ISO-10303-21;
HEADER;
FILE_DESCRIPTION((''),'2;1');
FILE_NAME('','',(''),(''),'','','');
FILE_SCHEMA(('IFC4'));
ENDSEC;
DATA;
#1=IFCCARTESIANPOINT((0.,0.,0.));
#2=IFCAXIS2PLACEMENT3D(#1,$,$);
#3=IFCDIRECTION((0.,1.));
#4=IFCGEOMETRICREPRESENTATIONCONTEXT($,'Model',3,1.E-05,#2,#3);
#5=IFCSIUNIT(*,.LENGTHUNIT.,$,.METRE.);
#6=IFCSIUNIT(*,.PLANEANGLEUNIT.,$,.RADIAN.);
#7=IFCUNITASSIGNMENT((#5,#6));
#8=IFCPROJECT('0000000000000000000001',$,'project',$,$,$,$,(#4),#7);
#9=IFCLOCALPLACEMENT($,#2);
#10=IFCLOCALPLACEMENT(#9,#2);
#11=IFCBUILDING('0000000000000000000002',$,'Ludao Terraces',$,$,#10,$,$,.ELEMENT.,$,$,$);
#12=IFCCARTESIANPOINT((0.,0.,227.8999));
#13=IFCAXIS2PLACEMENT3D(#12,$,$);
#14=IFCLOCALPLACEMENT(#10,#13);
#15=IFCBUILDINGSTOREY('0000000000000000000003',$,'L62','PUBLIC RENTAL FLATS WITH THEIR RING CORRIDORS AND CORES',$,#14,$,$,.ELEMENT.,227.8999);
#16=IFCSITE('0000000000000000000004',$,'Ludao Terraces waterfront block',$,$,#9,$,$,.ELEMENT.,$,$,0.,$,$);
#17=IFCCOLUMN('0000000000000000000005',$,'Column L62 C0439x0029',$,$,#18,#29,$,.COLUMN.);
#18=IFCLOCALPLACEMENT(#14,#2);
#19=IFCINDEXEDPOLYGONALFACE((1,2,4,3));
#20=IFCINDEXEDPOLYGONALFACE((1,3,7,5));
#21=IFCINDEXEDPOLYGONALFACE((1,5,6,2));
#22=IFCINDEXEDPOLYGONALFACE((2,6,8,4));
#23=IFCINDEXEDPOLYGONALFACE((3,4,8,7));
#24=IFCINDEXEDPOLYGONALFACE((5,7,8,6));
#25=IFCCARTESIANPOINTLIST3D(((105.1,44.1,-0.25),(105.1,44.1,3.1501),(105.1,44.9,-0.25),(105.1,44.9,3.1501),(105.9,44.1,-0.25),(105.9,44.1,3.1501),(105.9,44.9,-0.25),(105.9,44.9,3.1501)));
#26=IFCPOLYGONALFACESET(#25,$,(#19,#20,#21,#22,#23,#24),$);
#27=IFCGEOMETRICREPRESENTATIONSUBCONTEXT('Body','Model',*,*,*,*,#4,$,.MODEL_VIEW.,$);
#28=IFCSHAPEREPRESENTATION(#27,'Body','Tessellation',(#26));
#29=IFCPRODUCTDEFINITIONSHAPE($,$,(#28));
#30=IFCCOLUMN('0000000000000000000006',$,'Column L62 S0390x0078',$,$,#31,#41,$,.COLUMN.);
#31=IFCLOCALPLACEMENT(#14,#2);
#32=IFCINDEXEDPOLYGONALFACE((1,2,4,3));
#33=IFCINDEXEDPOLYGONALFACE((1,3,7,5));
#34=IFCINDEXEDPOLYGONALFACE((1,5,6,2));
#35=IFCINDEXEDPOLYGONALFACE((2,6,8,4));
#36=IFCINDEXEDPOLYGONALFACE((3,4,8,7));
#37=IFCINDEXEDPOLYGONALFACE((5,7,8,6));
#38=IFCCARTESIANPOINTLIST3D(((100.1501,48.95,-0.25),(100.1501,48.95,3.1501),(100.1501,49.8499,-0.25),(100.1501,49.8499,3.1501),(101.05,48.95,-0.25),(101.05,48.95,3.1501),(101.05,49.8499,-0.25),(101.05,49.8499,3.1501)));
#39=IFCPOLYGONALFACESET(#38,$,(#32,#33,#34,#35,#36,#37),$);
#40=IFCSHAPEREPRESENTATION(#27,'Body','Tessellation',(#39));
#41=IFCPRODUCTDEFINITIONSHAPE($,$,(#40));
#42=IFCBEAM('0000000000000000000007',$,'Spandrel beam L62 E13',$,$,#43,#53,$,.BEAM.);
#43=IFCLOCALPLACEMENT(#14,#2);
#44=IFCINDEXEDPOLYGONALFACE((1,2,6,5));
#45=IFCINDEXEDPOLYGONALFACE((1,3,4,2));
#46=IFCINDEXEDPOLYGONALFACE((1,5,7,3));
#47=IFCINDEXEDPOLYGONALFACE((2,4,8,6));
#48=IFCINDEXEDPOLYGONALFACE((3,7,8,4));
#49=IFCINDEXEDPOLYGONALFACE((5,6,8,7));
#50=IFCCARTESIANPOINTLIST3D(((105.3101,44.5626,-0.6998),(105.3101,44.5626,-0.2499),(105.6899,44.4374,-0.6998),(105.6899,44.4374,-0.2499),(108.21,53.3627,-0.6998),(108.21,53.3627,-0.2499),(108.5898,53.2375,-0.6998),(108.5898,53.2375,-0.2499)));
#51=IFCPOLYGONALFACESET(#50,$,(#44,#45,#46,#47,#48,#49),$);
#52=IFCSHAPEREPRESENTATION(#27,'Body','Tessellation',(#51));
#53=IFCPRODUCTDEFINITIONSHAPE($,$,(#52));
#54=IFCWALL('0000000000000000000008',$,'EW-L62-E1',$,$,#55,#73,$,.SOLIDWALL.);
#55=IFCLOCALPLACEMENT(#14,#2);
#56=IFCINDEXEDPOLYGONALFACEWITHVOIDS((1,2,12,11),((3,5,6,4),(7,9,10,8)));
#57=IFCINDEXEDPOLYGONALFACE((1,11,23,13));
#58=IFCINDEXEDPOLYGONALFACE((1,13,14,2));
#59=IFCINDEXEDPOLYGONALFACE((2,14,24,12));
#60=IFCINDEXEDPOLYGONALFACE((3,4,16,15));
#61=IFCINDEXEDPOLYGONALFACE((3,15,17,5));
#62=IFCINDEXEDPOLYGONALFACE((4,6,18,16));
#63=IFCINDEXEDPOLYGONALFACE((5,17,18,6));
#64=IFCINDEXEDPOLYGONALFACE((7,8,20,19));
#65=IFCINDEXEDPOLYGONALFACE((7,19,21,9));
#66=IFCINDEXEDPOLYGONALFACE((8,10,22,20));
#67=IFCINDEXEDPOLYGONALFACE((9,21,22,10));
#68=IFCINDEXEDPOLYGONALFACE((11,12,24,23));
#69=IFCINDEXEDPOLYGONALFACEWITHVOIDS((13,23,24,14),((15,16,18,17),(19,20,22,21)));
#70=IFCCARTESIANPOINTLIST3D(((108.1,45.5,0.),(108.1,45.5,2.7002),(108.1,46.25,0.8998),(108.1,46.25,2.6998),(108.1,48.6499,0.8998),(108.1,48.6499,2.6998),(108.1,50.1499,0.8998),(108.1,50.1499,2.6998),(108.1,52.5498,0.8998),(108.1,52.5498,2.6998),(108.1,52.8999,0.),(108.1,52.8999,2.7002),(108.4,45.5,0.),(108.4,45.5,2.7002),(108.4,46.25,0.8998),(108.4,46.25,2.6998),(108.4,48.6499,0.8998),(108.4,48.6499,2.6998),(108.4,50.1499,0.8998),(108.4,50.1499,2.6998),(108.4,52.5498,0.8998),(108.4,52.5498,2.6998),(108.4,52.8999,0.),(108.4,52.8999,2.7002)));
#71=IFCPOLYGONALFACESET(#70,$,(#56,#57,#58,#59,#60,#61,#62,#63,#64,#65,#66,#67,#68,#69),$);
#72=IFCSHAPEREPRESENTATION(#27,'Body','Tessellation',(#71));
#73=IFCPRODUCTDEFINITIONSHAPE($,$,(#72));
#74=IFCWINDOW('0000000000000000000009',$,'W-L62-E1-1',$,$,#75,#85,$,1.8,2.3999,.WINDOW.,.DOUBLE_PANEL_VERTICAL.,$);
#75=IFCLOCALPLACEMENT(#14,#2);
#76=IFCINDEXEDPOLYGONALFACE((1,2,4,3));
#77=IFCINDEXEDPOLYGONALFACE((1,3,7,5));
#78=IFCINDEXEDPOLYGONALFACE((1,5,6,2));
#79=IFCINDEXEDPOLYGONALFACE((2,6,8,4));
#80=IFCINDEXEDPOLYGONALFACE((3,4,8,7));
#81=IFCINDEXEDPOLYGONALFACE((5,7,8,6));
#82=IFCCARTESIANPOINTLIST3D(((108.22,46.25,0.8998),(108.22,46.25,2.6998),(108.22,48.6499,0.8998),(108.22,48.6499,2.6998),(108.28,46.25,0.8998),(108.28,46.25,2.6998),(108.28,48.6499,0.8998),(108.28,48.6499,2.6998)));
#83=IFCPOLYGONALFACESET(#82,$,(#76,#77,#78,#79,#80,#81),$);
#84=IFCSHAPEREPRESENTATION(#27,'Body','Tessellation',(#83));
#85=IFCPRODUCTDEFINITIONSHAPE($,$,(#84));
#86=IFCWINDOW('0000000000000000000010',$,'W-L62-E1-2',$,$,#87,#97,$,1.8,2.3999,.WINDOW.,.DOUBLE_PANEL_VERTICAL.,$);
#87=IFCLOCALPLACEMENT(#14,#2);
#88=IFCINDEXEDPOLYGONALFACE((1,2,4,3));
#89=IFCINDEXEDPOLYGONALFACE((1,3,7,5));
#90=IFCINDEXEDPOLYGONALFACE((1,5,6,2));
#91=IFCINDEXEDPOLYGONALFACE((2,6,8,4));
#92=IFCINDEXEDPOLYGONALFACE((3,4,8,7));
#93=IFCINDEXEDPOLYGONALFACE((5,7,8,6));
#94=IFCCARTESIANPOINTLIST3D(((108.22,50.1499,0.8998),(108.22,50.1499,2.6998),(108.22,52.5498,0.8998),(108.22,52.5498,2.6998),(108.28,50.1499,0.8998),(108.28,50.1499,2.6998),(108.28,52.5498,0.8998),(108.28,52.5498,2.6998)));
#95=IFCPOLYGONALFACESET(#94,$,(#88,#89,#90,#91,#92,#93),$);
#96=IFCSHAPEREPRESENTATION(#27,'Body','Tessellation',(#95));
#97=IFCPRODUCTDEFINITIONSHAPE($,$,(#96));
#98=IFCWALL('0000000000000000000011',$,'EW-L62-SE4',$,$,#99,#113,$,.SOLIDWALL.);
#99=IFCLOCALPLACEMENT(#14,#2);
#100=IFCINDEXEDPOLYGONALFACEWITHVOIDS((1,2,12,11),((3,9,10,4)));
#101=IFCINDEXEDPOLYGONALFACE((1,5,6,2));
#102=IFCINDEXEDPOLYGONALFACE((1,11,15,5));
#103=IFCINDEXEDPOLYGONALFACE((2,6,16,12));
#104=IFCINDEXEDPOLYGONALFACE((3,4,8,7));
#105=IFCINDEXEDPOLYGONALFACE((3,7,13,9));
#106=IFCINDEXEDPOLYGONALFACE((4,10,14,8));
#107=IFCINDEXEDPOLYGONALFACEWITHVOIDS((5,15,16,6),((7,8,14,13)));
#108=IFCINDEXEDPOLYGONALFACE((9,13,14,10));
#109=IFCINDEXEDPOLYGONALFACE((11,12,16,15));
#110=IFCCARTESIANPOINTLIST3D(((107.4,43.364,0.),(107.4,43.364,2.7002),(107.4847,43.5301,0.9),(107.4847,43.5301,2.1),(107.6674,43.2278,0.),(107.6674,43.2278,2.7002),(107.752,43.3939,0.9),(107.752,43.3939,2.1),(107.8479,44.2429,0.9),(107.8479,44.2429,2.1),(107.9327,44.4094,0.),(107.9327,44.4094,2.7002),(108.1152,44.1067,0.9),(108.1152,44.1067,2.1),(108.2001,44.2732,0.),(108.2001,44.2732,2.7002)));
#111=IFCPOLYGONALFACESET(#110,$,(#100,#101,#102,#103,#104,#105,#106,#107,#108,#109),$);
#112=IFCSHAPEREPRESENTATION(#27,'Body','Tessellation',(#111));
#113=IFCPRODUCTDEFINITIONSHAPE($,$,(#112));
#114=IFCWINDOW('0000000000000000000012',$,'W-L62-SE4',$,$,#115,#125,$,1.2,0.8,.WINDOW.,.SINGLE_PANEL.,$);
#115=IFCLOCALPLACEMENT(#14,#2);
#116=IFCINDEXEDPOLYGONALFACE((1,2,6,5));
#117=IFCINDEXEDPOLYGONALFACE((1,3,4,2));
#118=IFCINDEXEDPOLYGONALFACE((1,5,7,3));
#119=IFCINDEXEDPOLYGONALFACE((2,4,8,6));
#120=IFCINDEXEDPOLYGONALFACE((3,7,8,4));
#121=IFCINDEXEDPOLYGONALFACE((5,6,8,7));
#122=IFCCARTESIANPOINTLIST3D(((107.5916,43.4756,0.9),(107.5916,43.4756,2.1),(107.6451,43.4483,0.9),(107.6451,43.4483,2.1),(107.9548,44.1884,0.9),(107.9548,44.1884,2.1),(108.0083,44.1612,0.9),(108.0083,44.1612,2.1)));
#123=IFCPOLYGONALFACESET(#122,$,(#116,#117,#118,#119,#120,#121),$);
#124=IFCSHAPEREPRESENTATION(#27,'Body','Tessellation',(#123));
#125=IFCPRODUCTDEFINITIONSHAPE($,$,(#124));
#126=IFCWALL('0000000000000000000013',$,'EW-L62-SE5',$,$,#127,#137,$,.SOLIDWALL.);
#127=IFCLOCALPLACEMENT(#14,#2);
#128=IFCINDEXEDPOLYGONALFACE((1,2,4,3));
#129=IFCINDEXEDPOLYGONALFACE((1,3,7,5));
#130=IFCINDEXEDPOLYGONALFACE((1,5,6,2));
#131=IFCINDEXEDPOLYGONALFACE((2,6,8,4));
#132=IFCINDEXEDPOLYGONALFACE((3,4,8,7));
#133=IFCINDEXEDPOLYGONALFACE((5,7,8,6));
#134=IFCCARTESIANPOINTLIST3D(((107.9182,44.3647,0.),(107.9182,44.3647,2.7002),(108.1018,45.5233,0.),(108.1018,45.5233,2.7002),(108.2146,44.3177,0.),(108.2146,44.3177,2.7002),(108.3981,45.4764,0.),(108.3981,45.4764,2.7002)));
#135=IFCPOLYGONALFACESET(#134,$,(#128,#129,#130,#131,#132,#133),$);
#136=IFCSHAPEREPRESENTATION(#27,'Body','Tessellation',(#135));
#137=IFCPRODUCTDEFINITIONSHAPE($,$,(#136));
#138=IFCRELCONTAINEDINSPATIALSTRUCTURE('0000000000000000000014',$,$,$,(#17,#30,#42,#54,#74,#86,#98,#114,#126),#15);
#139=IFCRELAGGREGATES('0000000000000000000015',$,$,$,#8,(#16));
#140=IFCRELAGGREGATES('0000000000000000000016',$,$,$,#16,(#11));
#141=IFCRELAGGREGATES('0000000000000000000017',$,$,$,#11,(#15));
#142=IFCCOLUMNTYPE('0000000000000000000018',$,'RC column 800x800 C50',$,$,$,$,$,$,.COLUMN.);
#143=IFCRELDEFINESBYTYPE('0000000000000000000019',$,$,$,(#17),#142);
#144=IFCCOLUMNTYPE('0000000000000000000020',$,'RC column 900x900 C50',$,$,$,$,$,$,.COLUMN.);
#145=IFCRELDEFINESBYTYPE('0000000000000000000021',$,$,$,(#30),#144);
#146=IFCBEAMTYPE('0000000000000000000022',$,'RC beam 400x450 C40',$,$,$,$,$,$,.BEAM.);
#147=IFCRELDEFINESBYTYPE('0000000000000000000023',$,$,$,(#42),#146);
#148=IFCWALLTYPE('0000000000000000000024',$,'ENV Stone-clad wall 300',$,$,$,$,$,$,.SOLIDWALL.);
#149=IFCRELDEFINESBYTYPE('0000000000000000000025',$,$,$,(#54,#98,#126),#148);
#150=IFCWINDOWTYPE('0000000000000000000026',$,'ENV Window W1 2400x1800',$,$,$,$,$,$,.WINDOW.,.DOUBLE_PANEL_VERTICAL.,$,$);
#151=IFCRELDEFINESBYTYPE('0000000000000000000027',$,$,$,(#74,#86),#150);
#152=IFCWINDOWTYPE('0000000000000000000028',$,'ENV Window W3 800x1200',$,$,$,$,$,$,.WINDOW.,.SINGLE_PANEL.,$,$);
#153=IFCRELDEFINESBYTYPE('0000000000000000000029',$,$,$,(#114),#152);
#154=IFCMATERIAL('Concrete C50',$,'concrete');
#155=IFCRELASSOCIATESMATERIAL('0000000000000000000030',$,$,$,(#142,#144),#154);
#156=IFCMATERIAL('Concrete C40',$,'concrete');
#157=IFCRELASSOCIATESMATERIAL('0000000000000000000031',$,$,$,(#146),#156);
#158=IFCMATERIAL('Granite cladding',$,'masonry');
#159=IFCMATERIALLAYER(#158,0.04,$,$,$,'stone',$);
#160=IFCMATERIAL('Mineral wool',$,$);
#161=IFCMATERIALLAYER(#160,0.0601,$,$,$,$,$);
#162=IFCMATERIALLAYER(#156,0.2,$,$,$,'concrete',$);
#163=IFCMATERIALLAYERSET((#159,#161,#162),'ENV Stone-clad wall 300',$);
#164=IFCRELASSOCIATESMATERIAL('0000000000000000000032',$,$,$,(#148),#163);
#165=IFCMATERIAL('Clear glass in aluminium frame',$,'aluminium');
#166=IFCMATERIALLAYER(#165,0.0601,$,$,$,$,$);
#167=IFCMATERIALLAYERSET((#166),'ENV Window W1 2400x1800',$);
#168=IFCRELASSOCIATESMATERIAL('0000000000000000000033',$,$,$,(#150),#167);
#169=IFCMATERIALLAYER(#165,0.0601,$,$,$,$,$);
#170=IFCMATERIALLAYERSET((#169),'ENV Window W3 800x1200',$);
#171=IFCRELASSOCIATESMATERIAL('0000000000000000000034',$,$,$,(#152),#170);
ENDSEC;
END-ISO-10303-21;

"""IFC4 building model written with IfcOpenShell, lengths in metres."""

from ifc_helpers import new_model, si_unit, direction, frame, frame_2d, origin, origin_2d, place, context, subcontext, project, spatial, rectangle, extrude, material, layer, layer_set, material_profile, profile_set, type_object, element, fill, save


model = new_model("IFC4")

# Units and contexts
model_context = context("Model", 3, precision=1e-05, world=origin(), true_north=direction((0.0, 1.0)))
body_context = subcontext(model_context, "Body", "Model", "MODEL_VIEW")
ifc_project = project(units=[si_unit("LENGTHUNIT", "METRE"), si_unit("PLANEANGLEUNIT", "RADIAN")], contexts=[model_context])

# Site, building, storey
site_placement = place(None, origin())
site = spatial("IfcSite", under=ifc_project, at=site_placement, Name="Ludao Terraces waterfront block", CompositionType="ELEMENT", RefElevation=0.0)
building_placement = place(site_placement, origin())
building = spatial("IfcBuilding", under=site, at=building_placement, Name="Ludao Terraces", CompositionType="ELEMENT")
storey_placement = place(building_placement, frame((0.0, 0.0, 227.8999)))
storey = spatial("IfcBuildingStorey", under=building, at=storey_placement, Name="L62", Description="PUBLIC RENTAL FLATS WITH THEIR RING CORRIDORS AND CORES", CompositionType="ELEMENT", Elevation=227.8999)

# Columns
ifc_material_1 = material(Name="Concrete C50", Category="concrete")
ifc_material_profile_1 = material_profile(ifc_material_1, rectangle(XDim=0.8, YDim=0.8, at=origin_2d()), Name="800 X 800")
ifc_profile_set_1 = profile_set([ifc_material_profile_1], Name="Concrete C50")
column_type_1 = type_object("IfcColumnType", Name="RC column 800x800 C50", PredefinedType="COLUMN", material=ifc_profile_set_1)
column_1_placement = place(storey_placement, frame((105.5, 44.5, -0.25), z_axis=(0.0, 0.0, 1.0), x_axis=(1.0, 0.0, 0.0)))
element("IfcColumn", 1, at=column_1_placement, inside=storey, type_object=column_type_1, Name="Column L62 C0439x0029", PredefinedType="COLUMN", context=body_context, shape_type="SweptSolid", body=[
    extrude(rectangle(XDim=0.8, YDim=0.8, at=origin_2d()), origin(), (0.0, 0.0, 1.0), 3.4001),
])
ifc_material_profile_2 = material_profile(ifc_material_1, rectangle(XDim=0.8999, YDim=0.8999, at=origin_2d()), Name="900 X 900")
ifc_profile_set_2 = profile_set([ifc_material_profile_2], Name="Concrete C50")
column_type_2 = type_object("IfcColumnType", Name="RC column 900x900 C50", PredefinedType="COLUMN", material=ifc_profile_set_2)
column_2_placement = place(storey_placement, frame((100.6001, 49.3999, -0.25), z_axis=(0.0, 0.0, 1.0), x_axis=(1.0, 0.0, 0.0)))
element("IfcColumn", 2, at=column_2_placement, inside=storey, type_object=column_type_2, Name="Column L62 S0390x0078", PredefinedType="COLUMN", context=body_context, shape_type="SweptSolid", body=[
    extrude(rectangle(XDim=0.8999, YDim=0.8999, at=origin_2d()), origin(), (0.0, 0.0, 1.0), 3.4001),
])

# Beam
ifc_material_2 = material(Name="Concrete C40", Category="concrete")
ifc_material_profile_3 = material_profile(ifc_material_2, rectangle(XDim=0.3999, YDim=0.45, at=origin_2d()), Name="400 X 450")
ifc_profile_set_3 = profile_set([ifc_material_profile_3], Name="Concrete C40")
beam_type = type_object("IfcBeamType", Name="RC beam 400x450 C40", PredefinedType="BEAM", material=ifc_profile_set_3)
beam_placement = place(storey_placement, frame((105.5, 44.5, -0.4749), z_axis=(0.312977, 0.949761, 0.0), x_axis=(-0.949761, 0.312977, 0.0)))
element("IfcBeam", 3, at=beam_placement, inside=storey, type_object=beam_type, Name="Spandrel beam L62 E13", PredefinedType="BEAM", context=body_context, shape_type="SweptSolid", body=[
    extrude(rectangle(XDim=0.3999, YDim=0.45, at=origin_2d()), origin(), (0.0, 0.0, 1.0), 9.2656),
])

# Wall, openings, windows
ifc_material_3 = material(Name="Granite cladding", Category="masonry")
ifc_layer_1 = layer(ifc_material_3, 0.04, Category="stone")
ifc_material_4 = material(Name="Mineral wool")
ifc_layer_2 = layer(ifc_material_4, 0.0601)
ifc_layer_3 = layer(ifc_material_2, 0.2, Category="concrete")
ifc_layer_set_1 = layer_set([ifc_layer_1, ifc_layer_2, ifc_layer_3], Name="ENV Stone-clad wall 300")
wall_type_1 = type_object("IfcWallType", Name="ENV Stone-clad wall 300", PredefinedType="SOLIDWALL", material=ifc_layer_set_1)
wall_1_placement = place(storey_placement, frame((108.25, 45.5, 0.0), z_axis=(0.0, 0.0, 1.0), x_axis=(0.0, 1.0, 0.0)))
wall_1 = element("IfcWall", 4, at=wall_1_placement, inside=storey, type_object=wall_type_1, Name="EW-L62-E1", PredefinedType="SOLIDWALL", context=body_context, shape_type="SweptSolid", body=[
    extrude(rectangle(XDim=7.3999, YDim=0.3, at=frame_2d((3.7, 0.0))), origin(), (0.0, 0.0, 1.0), 2.7002),
])
opening_1_placement = place(wall_1_placement, frame((0.75, 0.0, 0.8999)))
opening_1 = element("IfcOpeningElement", 5, at=opening_1_placement, cuts=wall_1, PredefinedType="OPENING", context=body_context, shape_type="SweptSolid", body=[
    extrude(rectangle(XDim=2.3999, YDim=1.8, at=frame_2d((1.2, 0.8999))), frame((0.0, 0.1602, 0.0), z_axis=(0.0, -1.0, 0.0), x_axis=(1.0, 0.0, 0.0)), (0.0, 0.0, 1.0), 0.3201),
])
opening_2_placement = place(wall_1_placement, frame((4.6499, 0.0, 0.8999)))
opening_2 = element("IfcOpeningElement", 6, at=opening_2_placement, cuts=wall_1, PredefinedType="OPENING", context=body_context, shape_type="SweptSolid", body=[
    extrude(rectangle(XDim=2.3999, YDim=1.8, at=frame_2d((1.2, 0.8999))), frame((0.0, 0.1602, 0.0), z_axis=(0.0, -1.0, 0.0), x_axis=(1.0, 0.0, 0.0)), (0.0, 0.0, 1.0), 0.3201),
])
ifc_material_5 = material(Name="Clear glass in aluminium frame", Category="aluminium")
ifc_layer_4 = layer(ifc_material_5, 0.0601)
ifc_layer_set_2 = layer_set([ifc_layer_4], Name="ENV Window W1 2400x1800")
window_type_1 = type_object("IfcWindowType", Name="ENV Window W1 2400x1800", PartitioningType="DOUBLE_PANEL_VERTICAL", PredefinedType="WINDOW", material=ifc_layer_set_2)
window_1_placement = place(opening_1_placement, origin())
window_1 = element("IfcWindow", 7, at=window_1_placement, inside=storey, type_object=window_type_1, Name="W-L62-E1-1", OverallHeight=1.8, OverallWidth=2.3999, PartitioningType="DOUBLE_PANEL_VERTICAL", PredefinedType="WINDOW", context=body_context, shape_type="SweptSolid", body=[
    extrude(rectangle(XDim=2.3999, YDim=1.8, at=frame_2d((1.2, 0.8999))), frame((0.0, 0.03, 0.0), z_axis=(0.0, -1.0, 0.0), x_axis=(1.0, 0.0, 0.0)), (0.0, 0.0, 1.0), 0.0601),
])
fill(opening_1, window_1)
window_2_placement = place(opening_2_placement, origin())
window_2 = element("IfcWindow", 8, at=window_2_placement, inside=storey, type_object=window_type_1, Name="W-L62-E1-2", OverallHeight=1.8, OverallWidth=2.3999, PartitioningType="DOUBLE_PANEL_VERTICAL", PredefinedType="WINDOW", context=body_context, shape_type="SweptSolid", body=[
    extrude(rectangle(XDim=2.3999, YDim=1.8, at=frame_2d((1.2, 0.8999))), frame((0.0, 0.03, 0.0), z_axis=(0.0, -1.0, 0.0), x_axis=(1.0, 0.0, 0.0)), (0.0, 0.0, 1.0), 0.0601),
])
fill(opening_2, window_2)

# Wall, opening, window
wall_2_placement = place(storey_placement, frame((107.5337, 43.2959, 0.0), z_axis=(0.0, 0.0, 1.0), x_axis=(0.454026, 0.890989, 0.0)))
wall_2 = element("IfcWall", 9, at=wall_2_placement, inside=storey, type_object=wall_type_1, Name="EW-L62-SE4", PredefinedType="SOLIDWALL", context=body_context, shape_type="SweptSolid", body=[
    extrude(rectangle(XDim=1.1733, YDim=0.3, at=frame_2d((0.5867, 0.0))), origin(), (0.0, 0.0, 1.0), 2.7002),
])
opening_3_placement = place(wall_2_placement, frame((0.1865, 0.0, 0.8999)))
opening_3 = element("IfcOpeningElement", 10, at=opening_3_placement, cuts=wall_2, PredefinedType="OPENING", context=body_context, shape_type="SweptSolid", body=[
    extrude(rectangle(XDim=0.8, YDim=1.2, at=frame_2d((0.3999, 0.6001))), frame((0.0, 0.1602, 0.0), z_axis=(0.0, -1.0, 0.0), x_axis=(1.0, 0.0, 0.0)), (0.0, 0.0, 1.0), 0.3201),
])
ifc_layer_5 = layer(ifc_material_5, 0.0601)
ifc_layer_set_3 = layer_set([ifc_layer_5], Name="ENV Window W3 800x1200")
window_type_2 = type_object("IfcWindowType", Name="ENV Window W3 800x1200", PartitioningType="SINGLE_PANEL", PredefinedType="WINDOW", material=ifc_layer_set_3)
window_3_placement = place(opening_3_placement, origin())
window_3 = element("IfcWindow", 11, at=window_3_placement, inside=storey, type_object=window_type_2, Name="W-L62-SE4", OverallHeight=1.2, OverallWidth=0.8, PartitioningType="SINGLE_PANEL", PredefinedType="WINDOW", context=body_context, shape_type="SweptSolid", body=[
    extrude(rectangle(XDim=0.8, YDim=1.2, at=frame_2d((0.3999, 0.6001))), frame((0.0, 0.03, 0.0), z_axis=(0.0, -1.0, 0.0), x_axis=(1.0, 0.0, 0.0)), (0.0, 0.0, 1.0), 0.0601),
])
fill(opening_3, window_3)

# Wall
wall_3_placement = place(storey_placement, frame((108.0664, 44.3413, 0.0), z_axis=(0.0, 0.0, 1.0), x_axis=(0.156497, 0.987678, 0.0)))
element("IfcWall", 12, at=wall_3_placement, inside=storey, type_object=wall_type_1, Name="EW-L62-SE5", PredefinedType="SOLIDWALL", context=body_context, shape_type="SweptSolid", body=[
    extrude(rectangle(XDim=1.1731, YDim=0.3, at=frame_2d((0.5864, 0.0))), origin(), (0.0, 0.0, 1.0), 2.7002),
])

save(model, "model.ifc")
